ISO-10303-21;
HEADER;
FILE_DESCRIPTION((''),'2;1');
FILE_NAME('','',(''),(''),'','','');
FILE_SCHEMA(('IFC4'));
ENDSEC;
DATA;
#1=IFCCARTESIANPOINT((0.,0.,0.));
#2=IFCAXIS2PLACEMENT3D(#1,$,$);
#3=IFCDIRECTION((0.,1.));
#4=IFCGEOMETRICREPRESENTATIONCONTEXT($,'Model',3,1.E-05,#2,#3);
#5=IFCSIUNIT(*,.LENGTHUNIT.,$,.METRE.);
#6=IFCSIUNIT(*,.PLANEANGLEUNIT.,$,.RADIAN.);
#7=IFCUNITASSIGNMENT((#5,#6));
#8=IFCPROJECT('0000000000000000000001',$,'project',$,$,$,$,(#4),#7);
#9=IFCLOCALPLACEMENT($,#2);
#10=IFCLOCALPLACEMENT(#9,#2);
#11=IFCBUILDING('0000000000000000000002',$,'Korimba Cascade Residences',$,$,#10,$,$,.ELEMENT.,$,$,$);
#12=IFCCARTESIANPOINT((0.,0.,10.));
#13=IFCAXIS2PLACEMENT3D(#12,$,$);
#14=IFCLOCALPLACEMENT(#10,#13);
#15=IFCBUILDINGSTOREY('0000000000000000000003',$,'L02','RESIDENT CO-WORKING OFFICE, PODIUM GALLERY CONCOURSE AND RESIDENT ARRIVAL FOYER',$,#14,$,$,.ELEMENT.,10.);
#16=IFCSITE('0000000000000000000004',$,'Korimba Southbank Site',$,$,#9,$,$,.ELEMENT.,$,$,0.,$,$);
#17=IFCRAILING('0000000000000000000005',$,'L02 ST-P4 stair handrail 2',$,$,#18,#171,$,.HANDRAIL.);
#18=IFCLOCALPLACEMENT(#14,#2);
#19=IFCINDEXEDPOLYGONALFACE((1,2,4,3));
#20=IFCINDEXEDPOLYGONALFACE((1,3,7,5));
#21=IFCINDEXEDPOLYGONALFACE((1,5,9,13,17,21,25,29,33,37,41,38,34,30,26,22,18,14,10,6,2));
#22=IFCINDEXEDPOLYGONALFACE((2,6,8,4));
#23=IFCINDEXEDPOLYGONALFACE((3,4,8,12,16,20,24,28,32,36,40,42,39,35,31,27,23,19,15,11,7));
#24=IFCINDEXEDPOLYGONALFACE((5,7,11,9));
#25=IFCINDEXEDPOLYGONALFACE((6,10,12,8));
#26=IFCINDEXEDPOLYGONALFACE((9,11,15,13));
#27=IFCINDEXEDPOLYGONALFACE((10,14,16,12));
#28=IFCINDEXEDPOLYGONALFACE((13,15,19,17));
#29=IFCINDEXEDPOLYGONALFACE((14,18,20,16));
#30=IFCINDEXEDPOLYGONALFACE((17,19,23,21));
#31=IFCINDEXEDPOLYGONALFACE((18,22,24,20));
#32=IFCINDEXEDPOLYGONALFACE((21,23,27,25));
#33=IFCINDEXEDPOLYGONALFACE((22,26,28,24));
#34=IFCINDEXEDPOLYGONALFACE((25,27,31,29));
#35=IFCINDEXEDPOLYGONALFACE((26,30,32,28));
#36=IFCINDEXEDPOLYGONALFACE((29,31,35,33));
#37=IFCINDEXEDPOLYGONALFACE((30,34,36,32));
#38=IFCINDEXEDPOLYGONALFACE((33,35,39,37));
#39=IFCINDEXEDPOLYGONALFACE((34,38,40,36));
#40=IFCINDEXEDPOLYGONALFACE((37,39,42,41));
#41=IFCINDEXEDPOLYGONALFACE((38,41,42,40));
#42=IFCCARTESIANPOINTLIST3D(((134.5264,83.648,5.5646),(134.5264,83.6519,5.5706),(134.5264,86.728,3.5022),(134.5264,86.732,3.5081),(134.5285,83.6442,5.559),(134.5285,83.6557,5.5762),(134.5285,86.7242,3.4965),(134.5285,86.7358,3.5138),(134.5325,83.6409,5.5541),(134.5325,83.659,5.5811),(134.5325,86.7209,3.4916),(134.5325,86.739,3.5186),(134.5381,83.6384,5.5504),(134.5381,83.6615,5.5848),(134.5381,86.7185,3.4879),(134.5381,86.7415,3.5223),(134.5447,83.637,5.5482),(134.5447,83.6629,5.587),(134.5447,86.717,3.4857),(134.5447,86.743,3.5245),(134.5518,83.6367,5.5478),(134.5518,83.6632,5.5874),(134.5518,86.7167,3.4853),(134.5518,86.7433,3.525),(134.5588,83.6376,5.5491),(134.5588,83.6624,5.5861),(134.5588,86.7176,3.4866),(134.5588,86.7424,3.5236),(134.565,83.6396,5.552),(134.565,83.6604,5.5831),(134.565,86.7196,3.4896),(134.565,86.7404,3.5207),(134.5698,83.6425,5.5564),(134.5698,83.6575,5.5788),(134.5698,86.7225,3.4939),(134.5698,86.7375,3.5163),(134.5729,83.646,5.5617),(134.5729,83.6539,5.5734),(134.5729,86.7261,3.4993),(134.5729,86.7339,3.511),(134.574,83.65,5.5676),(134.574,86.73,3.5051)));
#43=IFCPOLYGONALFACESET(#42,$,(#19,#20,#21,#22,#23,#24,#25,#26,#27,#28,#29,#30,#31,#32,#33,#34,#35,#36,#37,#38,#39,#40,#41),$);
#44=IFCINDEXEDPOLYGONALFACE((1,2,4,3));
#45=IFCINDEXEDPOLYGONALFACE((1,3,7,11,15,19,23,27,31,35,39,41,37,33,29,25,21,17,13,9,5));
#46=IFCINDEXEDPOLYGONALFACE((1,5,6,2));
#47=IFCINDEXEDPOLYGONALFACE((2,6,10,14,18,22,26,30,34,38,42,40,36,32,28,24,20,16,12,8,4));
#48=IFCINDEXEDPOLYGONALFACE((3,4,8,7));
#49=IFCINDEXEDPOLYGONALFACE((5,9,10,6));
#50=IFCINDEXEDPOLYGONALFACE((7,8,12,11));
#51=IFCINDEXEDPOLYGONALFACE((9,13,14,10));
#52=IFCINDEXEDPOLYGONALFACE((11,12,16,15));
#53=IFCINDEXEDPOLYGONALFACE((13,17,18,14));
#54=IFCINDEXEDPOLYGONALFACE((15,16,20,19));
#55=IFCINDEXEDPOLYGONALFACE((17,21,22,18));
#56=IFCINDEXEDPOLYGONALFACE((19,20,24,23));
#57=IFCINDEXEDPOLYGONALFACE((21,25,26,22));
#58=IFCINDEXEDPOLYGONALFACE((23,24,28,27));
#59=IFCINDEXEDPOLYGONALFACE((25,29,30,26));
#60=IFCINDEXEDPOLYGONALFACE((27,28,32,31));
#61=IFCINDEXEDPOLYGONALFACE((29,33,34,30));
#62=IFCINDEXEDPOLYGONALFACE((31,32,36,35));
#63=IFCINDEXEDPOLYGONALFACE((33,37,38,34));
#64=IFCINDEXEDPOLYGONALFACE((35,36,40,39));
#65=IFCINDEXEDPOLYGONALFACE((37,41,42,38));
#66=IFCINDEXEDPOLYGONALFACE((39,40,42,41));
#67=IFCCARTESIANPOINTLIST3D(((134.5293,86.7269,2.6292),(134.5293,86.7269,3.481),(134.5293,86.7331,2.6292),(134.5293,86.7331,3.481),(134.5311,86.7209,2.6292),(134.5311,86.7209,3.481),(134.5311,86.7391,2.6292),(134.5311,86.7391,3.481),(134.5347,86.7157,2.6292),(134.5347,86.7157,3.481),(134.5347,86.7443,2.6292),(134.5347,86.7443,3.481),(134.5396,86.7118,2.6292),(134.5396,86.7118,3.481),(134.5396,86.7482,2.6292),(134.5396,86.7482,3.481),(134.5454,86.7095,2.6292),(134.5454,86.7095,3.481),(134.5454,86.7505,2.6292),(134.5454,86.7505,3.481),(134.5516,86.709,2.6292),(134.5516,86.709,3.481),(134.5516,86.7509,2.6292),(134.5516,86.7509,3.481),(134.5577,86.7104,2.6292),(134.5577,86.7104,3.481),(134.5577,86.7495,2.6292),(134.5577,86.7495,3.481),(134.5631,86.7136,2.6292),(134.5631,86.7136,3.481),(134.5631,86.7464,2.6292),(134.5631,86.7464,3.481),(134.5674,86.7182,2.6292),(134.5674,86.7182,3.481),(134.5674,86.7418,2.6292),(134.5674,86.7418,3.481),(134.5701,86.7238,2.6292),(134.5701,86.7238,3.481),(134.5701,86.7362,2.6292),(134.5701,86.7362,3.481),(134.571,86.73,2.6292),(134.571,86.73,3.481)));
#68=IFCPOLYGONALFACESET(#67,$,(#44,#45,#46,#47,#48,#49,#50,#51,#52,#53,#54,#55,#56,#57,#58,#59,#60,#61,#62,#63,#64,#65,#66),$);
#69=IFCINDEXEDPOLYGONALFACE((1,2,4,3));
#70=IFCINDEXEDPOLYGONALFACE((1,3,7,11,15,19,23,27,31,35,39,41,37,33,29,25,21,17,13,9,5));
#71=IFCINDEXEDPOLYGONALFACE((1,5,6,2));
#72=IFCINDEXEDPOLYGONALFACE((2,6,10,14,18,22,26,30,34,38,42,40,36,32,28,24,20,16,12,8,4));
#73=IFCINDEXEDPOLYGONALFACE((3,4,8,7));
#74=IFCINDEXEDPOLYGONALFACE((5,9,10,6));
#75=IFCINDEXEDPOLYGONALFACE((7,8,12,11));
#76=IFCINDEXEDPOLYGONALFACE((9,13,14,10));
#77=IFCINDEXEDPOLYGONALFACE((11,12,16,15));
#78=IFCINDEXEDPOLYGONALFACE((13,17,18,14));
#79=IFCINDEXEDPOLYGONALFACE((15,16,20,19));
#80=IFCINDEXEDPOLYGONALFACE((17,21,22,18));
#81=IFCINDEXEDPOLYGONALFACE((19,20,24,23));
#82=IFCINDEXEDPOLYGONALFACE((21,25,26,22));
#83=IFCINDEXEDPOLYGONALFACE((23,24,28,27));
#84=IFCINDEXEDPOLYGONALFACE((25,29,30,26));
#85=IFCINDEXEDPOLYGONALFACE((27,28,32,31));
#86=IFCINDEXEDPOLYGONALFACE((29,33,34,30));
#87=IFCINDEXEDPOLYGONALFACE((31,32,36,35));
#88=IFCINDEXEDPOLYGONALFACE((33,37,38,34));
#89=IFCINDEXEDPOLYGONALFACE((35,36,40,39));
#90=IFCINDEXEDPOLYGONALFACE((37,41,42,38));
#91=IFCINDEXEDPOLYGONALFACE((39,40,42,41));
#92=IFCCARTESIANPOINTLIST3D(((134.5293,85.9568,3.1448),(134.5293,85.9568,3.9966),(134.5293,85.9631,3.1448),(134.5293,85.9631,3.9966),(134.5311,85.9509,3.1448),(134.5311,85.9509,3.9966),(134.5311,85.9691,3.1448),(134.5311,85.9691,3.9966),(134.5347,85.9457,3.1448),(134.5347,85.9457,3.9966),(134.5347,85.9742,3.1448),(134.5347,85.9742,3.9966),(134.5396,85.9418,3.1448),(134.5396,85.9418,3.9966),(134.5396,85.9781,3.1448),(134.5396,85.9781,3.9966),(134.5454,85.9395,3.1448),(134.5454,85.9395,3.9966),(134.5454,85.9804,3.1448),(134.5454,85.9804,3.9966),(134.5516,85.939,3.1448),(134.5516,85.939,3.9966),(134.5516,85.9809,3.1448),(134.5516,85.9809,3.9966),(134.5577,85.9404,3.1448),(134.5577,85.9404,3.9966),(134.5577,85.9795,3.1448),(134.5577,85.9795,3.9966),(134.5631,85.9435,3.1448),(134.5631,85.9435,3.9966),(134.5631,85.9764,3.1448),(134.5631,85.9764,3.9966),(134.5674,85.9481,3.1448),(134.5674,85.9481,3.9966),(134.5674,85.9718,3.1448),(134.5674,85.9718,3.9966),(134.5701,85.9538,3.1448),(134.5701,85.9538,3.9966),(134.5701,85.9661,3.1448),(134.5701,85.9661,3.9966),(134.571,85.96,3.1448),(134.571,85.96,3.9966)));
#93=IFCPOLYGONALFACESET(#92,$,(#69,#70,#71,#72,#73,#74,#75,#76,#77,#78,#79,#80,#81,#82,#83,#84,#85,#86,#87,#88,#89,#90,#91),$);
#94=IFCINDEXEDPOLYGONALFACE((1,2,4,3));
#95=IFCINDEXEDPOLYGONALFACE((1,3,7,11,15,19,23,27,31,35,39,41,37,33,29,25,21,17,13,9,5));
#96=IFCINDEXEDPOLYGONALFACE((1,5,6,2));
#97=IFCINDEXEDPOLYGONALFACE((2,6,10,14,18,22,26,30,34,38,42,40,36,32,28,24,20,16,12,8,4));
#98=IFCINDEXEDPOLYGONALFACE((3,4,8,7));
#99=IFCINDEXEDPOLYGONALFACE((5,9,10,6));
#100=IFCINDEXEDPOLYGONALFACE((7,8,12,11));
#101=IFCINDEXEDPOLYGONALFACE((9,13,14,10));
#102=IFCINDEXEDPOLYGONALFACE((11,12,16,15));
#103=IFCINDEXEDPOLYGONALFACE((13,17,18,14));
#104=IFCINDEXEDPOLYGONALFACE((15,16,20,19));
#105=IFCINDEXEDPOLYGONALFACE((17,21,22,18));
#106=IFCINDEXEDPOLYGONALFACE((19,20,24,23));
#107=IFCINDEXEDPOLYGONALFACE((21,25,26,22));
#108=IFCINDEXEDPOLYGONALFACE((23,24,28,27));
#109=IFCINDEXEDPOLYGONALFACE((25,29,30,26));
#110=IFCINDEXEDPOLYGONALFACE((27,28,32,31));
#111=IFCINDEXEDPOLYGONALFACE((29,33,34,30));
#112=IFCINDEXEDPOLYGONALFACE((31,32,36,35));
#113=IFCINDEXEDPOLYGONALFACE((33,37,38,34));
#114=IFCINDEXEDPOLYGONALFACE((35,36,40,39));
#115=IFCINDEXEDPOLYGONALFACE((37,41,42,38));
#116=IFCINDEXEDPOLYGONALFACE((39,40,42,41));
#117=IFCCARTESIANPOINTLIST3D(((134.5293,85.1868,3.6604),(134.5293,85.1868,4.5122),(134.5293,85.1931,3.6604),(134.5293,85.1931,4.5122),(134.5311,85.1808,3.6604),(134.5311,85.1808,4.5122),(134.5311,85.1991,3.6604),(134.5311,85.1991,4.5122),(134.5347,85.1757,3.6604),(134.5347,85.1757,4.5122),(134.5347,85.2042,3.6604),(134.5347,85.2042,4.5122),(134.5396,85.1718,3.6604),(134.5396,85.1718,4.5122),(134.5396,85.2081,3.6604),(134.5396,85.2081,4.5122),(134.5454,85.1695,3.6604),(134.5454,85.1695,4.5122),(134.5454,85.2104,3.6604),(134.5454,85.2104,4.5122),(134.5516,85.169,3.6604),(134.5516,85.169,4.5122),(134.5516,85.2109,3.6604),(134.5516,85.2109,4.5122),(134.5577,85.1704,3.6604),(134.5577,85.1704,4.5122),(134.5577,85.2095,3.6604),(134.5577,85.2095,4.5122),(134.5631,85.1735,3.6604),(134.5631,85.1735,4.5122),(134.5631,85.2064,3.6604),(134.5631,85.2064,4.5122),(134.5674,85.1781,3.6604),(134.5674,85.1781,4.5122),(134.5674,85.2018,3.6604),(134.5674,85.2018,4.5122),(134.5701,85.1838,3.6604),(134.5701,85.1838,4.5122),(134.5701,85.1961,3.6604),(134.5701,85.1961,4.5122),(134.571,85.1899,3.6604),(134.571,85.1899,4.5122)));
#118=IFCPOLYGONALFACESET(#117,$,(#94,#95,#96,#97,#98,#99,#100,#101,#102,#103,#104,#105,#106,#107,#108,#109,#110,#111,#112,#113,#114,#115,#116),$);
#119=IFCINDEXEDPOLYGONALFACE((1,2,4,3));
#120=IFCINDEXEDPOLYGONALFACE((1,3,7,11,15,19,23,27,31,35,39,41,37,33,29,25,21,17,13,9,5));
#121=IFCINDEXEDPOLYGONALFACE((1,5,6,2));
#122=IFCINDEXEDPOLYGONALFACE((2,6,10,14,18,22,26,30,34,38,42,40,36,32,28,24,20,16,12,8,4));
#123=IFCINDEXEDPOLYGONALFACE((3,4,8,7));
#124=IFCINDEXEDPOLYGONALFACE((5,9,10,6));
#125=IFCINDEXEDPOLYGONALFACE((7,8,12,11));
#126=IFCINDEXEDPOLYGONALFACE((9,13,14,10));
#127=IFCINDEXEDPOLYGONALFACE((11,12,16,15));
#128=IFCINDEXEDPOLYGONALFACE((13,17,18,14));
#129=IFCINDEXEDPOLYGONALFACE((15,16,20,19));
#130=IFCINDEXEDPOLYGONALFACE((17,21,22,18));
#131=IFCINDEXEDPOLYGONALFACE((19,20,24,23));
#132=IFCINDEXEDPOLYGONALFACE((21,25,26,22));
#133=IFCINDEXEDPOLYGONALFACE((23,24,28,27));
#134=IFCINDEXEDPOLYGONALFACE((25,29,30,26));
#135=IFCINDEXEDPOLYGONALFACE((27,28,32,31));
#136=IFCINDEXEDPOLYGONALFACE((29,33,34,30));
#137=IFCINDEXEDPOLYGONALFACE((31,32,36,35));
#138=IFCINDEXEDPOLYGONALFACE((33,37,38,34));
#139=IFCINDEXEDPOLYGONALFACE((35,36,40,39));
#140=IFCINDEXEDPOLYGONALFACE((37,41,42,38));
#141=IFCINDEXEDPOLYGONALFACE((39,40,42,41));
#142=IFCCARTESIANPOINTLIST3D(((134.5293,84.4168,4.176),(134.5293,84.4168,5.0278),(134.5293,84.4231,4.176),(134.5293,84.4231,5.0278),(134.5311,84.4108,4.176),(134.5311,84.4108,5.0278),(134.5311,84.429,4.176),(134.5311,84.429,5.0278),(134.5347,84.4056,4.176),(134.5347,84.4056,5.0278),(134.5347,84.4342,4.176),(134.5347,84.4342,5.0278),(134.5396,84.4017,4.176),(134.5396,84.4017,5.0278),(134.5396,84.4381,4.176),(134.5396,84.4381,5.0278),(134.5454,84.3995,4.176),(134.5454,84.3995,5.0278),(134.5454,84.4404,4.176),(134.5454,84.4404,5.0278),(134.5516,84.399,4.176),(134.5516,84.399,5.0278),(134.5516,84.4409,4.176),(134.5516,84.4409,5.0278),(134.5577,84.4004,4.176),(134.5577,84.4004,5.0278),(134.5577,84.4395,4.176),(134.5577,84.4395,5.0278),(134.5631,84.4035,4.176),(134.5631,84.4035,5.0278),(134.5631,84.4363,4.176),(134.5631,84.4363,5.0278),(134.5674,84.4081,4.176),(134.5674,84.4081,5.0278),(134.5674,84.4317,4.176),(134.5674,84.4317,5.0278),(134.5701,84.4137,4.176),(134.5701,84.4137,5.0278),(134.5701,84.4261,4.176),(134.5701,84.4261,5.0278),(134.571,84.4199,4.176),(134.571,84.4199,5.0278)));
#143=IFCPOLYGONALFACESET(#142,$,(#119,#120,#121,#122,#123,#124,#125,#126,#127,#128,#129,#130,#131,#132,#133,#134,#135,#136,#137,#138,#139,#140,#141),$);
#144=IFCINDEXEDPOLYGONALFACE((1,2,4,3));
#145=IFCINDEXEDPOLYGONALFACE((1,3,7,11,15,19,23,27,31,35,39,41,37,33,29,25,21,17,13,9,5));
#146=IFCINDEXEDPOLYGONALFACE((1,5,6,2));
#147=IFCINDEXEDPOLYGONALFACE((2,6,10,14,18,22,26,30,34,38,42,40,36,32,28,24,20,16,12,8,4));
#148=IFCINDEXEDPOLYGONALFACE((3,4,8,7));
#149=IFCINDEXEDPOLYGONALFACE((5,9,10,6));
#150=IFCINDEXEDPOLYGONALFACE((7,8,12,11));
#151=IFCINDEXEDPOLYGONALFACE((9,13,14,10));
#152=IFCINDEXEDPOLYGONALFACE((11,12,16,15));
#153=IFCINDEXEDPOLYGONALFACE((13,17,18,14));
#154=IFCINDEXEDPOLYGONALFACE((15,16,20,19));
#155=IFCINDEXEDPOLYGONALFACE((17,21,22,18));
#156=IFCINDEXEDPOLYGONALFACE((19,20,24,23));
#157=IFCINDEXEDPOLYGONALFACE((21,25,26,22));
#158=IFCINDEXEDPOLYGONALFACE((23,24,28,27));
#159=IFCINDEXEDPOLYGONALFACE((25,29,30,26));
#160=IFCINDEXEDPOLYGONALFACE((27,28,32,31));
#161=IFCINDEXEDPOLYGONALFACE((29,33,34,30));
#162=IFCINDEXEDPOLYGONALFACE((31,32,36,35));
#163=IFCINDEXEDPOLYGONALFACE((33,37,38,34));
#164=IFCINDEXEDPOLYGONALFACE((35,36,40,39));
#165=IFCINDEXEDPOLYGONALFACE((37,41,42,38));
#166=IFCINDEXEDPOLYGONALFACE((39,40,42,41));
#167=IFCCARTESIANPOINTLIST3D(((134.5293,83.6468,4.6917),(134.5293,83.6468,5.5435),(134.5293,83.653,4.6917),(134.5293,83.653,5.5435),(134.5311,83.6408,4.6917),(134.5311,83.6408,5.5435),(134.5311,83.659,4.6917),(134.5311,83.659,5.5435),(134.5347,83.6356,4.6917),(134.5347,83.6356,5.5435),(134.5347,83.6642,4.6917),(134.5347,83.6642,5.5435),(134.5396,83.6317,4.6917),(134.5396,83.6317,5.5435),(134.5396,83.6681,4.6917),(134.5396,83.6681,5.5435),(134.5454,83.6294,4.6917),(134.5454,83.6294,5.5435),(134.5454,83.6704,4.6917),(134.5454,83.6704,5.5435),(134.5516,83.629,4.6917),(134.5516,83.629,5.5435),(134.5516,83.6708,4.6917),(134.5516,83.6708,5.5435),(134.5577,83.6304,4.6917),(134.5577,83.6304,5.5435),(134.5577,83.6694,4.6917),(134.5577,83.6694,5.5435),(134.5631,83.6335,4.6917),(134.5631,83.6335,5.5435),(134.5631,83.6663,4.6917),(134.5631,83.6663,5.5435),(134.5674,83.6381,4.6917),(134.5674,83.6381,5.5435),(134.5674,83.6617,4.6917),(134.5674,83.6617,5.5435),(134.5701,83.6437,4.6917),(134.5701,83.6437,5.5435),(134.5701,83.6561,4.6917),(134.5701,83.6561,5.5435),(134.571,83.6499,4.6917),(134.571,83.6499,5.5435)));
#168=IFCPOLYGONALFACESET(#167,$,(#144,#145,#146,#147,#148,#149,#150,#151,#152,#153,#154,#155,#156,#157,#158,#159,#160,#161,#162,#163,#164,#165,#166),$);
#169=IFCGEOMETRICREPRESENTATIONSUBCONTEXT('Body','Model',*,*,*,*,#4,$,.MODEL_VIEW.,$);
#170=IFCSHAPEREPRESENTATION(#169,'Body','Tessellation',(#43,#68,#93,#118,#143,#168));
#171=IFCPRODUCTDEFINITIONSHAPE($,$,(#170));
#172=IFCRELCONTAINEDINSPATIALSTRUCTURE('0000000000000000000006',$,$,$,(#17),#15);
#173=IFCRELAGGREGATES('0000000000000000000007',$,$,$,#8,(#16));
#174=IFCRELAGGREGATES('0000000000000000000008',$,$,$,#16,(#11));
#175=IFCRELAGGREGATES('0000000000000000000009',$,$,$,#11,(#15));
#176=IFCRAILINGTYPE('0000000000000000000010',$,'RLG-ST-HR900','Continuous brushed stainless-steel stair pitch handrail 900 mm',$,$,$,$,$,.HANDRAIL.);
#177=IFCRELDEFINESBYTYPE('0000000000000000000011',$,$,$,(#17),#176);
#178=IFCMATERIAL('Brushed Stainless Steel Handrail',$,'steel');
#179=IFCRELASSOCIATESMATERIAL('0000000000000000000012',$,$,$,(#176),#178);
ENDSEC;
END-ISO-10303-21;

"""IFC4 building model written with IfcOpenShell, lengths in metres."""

from ifc_helpers import new_model, si_unit, direction, frame, origin, origin_2d, place, context, subcontext, project, spatial, circle, extrude, material, type_object, element, save


model = new_model("IFC4")

# Units and contexts
model_context = context("Model", 3, precision=1e-05, world=origin(), true_north=direction((0.0, 1.0)))
body_context = subcontext(model_context, "Body", "Model", "MODEL_VIEW")
ifc_project = project(units=[si_unit("LENGTHUNIT", "METRE"), si_unit("PLANEANGLEUNIT", "RADIAN")], contexts=[model_context])

# Site, building, storey
site_placement = place(None, origin())
site = spatial("IfcSite", under=ifc_project, at=site_placement, Name="Korimba Southbank Site", CompositionType="ELEMENT", RefElevation=0.0)
building_placement = place(site_placement, origin())
building = spatial("IfcBuilding", under=site, at=building_placement, Name="Korimba Cascade Residences", CompositionType="ELEMENT")
storey_placement = place(building_placement, frame((0.0, 0.0, 10.0)))
storey = spatial("IfcBuildingStorey", under=building, at=storey_placement, Name="L02", Description="RESIDENT CO-WORKING OFFICE, PODIUM GALLERY CONCOURSE AND RESIDENT ARRIVAL FOYER", CompositionType="ELEMENT", Elevation=10.0)

# Railing
ifc_material_1 = material(Name="Brushed Stainless Steel Handrail", Category="steel")
railing_type_1 = type_object("IfcRailingType", Name="RLG-ST-HR900", Description="Continuous brushed stainless-steel stair pitch handrail 900 mm", PredefinedType="HANDRAIL", material=ifc_material_1)
railing_1_placement = place(storey_placement, frame((134.55, 86.73, 2.6292)))
element("IfcRailing", 1, at=railing_1_placement, inside=storey, type_object=railing_type_1, Name="L02 ST-P4 stair handrail 2", PredefinedType="HANDRAIL", context=body_context, shape_type="SweptSolid", body=[
    extrude(circle(Radius=0.0239, at=origin_2d()), frame((0.0, 0.0, 0.876), z_axis=(0.0, -0.830914, 0.556401), x_axis=(1.0, 0.0, 0.0)), (0.0, 0.0, 1.0), 3.7068),
    extrude(circle(Radius=0.021, at=origin_2d()), origin(), (0.0, 0.0, 1.0), 0.8518),
    extrude(circle(Radius=0.021, at=origin_2d()), frame((0.0, -0.77, 0.5156)), (0.0, 0.0, 1.0), 0.8518),
    extrude(circle(Radius=0.021, at=origin_2d()), frame((0.0, -1.54, 1.0312)), (0.0, 0.0, 1.0), 0.8518),
    extrude(circle(Radius=0.021, at=origin_2d()), frame((0.0, -2.3101, 1.5469)), (0.0, 0.0, 1.0), 0.8518),
    extrude(circle(Radius=0.021, at=origin_2d()), frame((0.0, -3.0801, 2.0625)), (0.0, 0.0, 1.0), 0.8518),
])

save(model, "model.ifc")
